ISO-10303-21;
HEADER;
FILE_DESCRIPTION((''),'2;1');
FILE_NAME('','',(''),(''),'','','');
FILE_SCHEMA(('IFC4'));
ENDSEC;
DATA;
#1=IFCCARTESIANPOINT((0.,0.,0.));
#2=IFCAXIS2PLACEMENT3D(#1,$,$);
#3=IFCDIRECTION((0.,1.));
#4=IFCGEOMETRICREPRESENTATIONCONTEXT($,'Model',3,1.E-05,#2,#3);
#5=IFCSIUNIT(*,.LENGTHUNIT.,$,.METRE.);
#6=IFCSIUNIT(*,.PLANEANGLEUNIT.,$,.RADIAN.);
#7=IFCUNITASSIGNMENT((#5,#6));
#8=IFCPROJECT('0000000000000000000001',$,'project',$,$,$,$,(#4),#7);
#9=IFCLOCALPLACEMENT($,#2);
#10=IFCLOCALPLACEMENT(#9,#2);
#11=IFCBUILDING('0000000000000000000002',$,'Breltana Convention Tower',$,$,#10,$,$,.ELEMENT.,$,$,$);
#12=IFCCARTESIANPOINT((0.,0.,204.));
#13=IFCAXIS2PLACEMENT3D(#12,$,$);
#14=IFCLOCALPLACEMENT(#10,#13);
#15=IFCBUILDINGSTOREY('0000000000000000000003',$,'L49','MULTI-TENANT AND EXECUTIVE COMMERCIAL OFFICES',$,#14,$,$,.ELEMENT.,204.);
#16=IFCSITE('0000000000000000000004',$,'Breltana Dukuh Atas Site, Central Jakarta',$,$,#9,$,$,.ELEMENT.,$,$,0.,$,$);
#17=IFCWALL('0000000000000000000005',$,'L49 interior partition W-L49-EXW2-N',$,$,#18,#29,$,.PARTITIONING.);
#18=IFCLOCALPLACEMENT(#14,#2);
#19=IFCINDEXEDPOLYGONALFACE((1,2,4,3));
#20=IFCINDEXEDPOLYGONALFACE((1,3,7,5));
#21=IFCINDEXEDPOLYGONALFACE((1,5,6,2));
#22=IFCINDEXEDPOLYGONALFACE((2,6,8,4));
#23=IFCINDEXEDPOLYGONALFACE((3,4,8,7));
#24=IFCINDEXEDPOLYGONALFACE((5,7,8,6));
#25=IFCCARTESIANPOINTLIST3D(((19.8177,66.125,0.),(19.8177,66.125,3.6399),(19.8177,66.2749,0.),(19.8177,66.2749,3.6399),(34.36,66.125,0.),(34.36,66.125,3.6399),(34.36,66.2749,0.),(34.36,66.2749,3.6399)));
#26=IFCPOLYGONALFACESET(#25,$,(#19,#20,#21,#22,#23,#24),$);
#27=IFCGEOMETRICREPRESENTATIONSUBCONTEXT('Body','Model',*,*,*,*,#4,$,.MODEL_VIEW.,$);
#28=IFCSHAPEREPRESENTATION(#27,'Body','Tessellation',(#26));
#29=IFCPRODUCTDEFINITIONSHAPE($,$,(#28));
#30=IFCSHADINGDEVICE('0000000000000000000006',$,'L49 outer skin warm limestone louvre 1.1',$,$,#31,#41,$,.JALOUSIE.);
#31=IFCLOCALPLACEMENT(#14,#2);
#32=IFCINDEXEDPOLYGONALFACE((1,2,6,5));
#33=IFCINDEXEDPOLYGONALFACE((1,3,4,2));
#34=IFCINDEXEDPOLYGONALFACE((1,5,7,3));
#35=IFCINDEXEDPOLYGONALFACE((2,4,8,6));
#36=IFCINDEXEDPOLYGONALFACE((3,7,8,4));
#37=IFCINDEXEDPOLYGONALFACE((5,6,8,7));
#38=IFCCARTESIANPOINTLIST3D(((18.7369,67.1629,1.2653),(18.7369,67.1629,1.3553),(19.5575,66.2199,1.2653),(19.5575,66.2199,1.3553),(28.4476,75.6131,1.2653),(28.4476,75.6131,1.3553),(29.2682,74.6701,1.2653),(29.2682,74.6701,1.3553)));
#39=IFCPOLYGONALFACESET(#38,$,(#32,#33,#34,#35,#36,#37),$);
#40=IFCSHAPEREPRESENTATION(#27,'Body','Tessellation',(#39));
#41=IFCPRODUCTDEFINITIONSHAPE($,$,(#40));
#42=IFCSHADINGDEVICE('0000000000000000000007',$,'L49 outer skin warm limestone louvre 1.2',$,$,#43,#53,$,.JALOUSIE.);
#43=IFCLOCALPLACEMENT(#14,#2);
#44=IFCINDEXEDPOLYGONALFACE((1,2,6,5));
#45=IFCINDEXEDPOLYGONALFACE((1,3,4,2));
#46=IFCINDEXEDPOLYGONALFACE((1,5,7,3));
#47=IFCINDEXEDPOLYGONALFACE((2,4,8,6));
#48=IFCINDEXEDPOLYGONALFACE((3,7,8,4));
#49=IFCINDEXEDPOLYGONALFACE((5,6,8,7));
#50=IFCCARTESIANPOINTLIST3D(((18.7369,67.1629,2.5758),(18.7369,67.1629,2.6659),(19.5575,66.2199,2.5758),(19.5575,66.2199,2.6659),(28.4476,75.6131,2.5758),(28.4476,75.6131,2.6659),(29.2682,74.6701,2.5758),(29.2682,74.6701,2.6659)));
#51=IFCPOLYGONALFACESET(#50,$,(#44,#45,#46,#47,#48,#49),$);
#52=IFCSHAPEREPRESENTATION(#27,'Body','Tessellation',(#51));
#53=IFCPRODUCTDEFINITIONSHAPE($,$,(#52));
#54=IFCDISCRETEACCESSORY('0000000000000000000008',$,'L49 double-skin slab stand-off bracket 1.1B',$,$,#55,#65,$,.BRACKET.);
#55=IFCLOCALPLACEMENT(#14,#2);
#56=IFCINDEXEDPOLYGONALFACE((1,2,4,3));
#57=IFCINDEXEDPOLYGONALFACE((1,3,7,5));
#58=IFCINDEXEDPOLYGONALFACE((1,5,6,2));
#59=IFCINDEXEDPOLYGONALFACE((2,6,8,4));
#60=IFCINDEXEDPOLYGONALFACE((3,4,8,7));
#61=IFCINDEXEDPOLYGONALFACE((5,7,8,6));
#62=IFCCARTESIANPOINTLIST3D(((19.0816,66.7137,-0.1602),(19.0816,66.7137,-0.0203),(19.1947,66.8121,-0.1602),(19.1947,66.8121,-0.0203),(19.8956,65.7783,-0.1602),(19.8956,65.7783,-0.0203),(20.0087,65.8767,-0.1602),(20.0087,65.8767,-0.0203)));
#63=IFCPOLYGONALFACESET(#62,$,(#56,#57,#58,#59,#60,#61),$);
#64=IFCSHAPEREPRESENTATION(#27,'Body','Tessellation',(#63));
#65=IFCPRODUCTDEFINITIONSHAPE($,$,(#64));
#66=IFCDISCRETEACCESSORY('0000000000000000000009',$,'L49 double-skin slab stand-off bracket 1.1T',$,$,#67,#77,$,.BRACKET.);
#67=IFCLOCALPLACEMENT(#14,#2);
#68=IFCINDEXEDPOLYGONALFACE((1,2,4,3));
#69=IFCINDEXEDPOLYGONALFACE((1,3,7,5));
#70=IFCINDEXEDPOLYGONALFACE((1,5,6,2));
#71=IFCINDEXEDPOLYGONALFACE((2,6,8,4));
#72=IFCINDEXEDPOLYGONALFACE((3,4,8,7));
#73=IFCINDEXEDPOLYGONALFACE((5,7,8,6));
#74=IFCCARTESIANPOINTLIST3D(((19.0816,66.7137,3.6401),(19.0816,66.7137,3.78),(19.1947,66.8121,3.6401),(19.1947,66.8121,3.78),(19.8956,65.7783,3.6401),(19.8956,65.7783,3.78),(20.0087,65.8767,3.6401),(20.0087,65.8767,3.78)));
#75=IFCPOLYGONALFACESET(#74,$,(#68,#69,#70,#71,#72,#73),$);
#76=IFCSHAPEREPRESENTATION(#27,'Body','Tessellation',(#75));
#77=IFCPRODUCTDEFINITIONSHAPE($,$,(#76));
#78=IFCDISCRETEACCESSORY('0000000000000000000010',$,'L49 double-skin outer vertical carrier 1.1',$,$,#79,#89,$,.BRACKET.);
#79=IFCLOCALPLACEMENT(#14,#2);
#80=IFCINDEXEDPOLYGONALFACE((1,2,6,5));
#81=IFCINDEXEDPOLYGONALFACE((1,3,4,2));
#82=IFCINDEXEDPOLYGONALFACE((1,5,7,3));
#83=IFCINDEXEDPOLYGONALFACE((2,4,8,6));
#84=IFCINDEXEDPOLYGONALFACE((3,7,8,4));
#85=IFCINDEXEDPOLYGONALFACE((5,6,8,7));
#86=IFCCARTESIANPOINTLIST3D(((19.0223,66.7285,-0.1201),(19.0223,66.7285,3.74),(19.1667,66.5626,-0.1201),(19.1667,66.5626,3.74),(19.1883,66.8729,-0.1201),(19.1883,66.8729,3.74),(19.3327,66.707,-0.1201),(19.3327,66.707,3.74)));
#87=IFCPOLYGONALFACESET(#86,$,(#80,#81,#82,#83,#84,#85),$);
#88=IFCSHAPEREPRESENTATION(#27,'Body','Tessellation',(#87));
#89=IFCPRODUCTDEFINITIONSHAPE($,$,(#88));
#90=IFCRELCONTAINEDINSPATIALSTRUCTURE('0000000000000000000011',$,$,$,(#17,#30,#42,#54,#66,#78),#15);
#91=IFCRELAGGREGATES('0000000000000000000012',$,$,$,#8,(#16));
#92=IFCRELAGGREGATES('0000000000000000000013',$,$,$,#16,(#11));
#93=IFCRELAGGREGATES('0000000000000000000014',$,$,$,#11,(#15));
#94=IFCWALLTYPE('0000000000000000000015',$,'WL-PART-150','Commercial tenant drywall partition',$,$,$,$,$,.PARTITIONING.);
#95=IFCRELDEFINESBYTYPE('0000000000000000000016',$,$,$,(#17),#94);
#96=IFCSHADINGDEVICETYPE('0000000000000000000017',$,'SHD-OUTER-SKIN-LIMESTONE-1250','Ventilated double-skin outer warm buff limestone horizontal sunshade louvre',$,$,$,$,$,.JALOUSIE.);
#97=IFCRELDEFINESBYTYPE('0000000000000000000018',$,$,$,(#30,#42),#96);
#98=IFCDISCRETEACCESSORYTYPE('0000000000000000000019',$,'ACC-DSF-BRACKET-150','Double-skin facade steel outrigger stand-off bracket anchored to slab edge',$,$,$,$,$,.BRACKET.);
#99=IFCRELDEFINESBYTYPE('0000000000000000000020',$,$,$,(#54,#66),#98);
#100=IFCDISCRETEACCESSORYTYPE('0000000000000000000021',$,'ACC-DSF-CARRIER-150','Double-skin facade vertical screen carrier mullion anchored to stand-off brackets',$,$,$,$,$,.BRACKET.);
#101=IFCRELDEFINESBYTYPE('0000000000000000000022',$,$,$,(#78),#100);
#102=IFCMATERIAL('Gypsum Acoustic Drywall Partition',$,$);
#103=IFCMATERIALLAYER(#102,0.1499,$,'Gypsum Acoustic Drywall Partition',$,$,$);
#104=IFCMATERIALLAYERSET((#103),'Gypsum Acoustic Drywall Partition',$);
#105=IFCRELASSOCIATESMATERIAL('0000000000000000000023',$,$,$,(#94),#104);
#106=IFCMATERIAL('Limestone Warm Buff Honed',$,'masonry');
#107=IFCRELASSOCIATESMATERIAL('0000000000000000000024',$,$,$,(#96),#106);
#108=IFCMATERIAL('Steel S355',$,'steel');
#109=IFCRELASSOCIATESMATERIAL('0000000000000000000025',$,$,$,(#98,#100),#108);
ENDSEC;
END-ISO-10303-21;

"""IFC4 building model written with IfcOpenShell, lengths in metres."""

from ifc_helpers import new_model, si_unit, direction, frame, frame_2d, origin, origin_2d, place, context, subcontext, project, spatial, rectangle, extrude, source, transform, mapped, material, layer, layer_set, material_profile, profile_set, type_object, type_shapes, element, save


model = new_model("IFC4")

# Units and contexts
model_context = context("Model", 3, precision=1e-05, world=origin(), true_north=direction((0.0, 1.0)))
body_context = subcontext(model_context, "Body", "Model", "MODEL_VIEW")
ifc_project = project(units=[si_unit("LENGTHUNIT", "METRE"), si_unit("PLANEANGLEUNIT", "RADIAN")], contexts=[model_context])

# Site, building, storey
site_placement = place(None, origin())
site = spatial("IfcSite", under=ifc_project, at=site_placement, Name="Breltana Dukuh Atas Site, Central Jakarta", CompositionType="ELEMENT", RefElevation=0.0)
building_placement = place(site_placement, origin())
building = spatial("IfcBuilding", under=site, at=building_placement, Name="Breltana Convention Tower", CompositionType="ELEMENT")
storey_placement = place(building_placement, frame((0.0, 0.0, 204.0)))
storey = spatial("IfcBuildingStorey", under=building, at=storey_placement, Name="L49", Description="MULTI-TENANT AND EXECUTIVE COMMERCIAL OFFICES", CompositionType="ELEMENT", Elevation=204.0)

# Wall
ifc_material_1 = material(Name="Gypsum Acoustic Drywall Partition")
ifc_layer_1 = layer(ifc_material_1, 0.1499, Name="Gypsum Acoustic Drywall Partition")
ifc_layer_set_1 = layer_set([ifc_layer_1], Name="Gypsum Acoustic Drywall Partition")
wall_type_1 = type_object("IfcWallType", Name="WL-PART-150", Description="Commercial tenant drywall partition", PredefinedType="PARTITIONING", material=ifc_layer_set_1)
shared_shape_1 = source(origin(), body_context, "Body", "SweptSolid", [
    extrude(rectangle(XDim=14.5422, YDim=0.1499, at=frame_2d((7.271, 0.0))), origin(), (0.0, 0.0, 1.0), 3.6399),
])
wall_1_placement = place(storey_placement, frame((19.8179, 66.2, 0.0), z_axis=(0.0, 0.0, 1.0), x_axis=(1.0, 0.0, 0.0)))
element("IfcWall", 1, at=wall_1_placement, inside=storey, type_object=wall_type_1, Name="L49 interior partition W-L49-EXW2-N", PredefinedType="PARTITIONING", context=body_context, shape_type="MappedRepresentation", body=[
    mapped(shared_shape_1, transform((0.0, 0.0, 0.0), scale=1.0)),
])

# Shading devices
ifc_material_2 = material(Name="Limestone Warm Buff Honed", Category="masonry")
ifc_material_profile_1 = material_profile(ifc_material_2, rectangle(XDim=1.25, YDim=0.0901, at=origin_2d()), Name="STN-LVR-1250X90")
ifc_profile_set_1 = profile_set([ifc_material_profile_1], Name="Limestone Warm Buff Honed")
shading_device_type = type_object("IfcShadingDeviceType", Name="SHD-OUTER-SKIN-LIMESTONE-1250", Description="Ventilated double-skin outer warm buff limestone horizontal sunshade louvre", PredefinedType="JALOUSIE", material=ifc_profile_set_1)
shared_shape_2 = source(origin(), body_context, "Body", "SweptSolid", [
    extrude(rectangle(XDim=1.25, YDim=0.0901, at=origin_2d()), origin(), (0.0, 0.0, 1.0), 12.8726),
])
for number, where, z_axis, x_axis, name in (
    (2, (19.1472, 66.6914, 1.3103), (0.75437, 0.656449, 0.0), (-0.656449, 0.75437, 0.0), "L49 outer skin warm limestone louvre 1.1"),
    (3, (19.1472, 66.6914, 2.6208), (0.75437, 0.656449, 0.0), (-0.656449, 0.75437, 0.0), "L49 outer skin warm limestone louvre 1.2"),
):
    element("IfcShadingDevice", number, at=place(storey_placement, frame(where, z_axis=z_axis, x_axis=x_axis)), inside=storey, type_object=shading_device_type, Name=name, PredefinedType="JALOUSIE", context=body_context, shape_type="MappedRepresentation", body=[
        mapped(shared_shape_2, transform((0.0, 0.0, 0.0), scale=1.0)),
    ])

# Discrete accessories
ifc_material_3 = material(Name="Steel S355", Category="steel")
discrete_accessory_type_1 = type_object("IfcDiscreteAccessoryType", Name="ACC-DSF-BRACKET-150", Description="Double-skin facade steel outrigger stand-off bracket anchored to slab edge", PredefinedType="BRACKET", material=ifc_material_3)
shared_shape_3 = source(origin(), body_context, "Body", "SweptSolid", [
    extrude(rectangle(XDim=1.24, YDim=0.1499, at=origin_2d()), origin(), (0.0, 0.0, 1.0), 0.1399),
])
type_shapes(discrete_accessory_type_1, [shared_shape_3])
for number, where, z_axis, x_axis, name in (
    (4, (19.5452, 66.2952, -0.1602), (0.0, 0.0, 1.0), (-0.656452, 0.754368, 0.0), "L49 double-skin slab stand-off bracket 1.1B"),
    (5, (19.5452, 66.2952, 3.6401), (0.0, 0.0, 1.0), (-0.656452, 0.754368, 0.0), "L49 double-skin slab stand-off bracket 1.1T"),
):
    element("IfcDiscreteAccessory", number, at=place(storey_placement, frame(where, z_axis=z_axis, x_axis=x_axis)), inside=storey, type_object=discrete_accessory_type_1, Name=name, PredefinedType="BRACKET", context=body_context, shape_type="MappedRepresentation", body=[
        mapped(shared_shape_3, transform((0.0, 0.0, 0.0), scale=1.0)),
    ])
discrete_accessory_type_2 = type_object("IfcDiscreteAccessoryType", Name="ACC-DSF-CARRIER-150", Description="Double-skin facade vertical screen carrier mullion anchored to stand-off brackets", PredefinedType="BRACKET", material=ifc_material_3)
shared_shape_4 = source(origin(), body_context, "Body", "SweptSolid", [
    extrude(rectangle(XDim=0.22, YDim=0.22, at=origin_2d()), origin(), (0.0, 0.0, 1.0), 3.8601),
])
discrete_accessory_placement = place(storey_placement, frame((19.1775, 66.7178, -0.1201), z_axis=(0.0, 0.0, 1.0), x_axis=(-0.656452, 0.754368, 0.0)))
element("IfcDiscreteAccessory", 6, at=discrete_accessory_placement, inside=storey, type_object=discrete_accessory_type_2, Name="L49 double-skin outer vertical carrier 1.1", PredefinedType="BRACKET", context=body_context, shape_type="MappedRepresentation", body=[
    mapped(shared_shape_4, transform((0.0, 0.0, 0.0), scale=1.0)),
])

save(model, "model.ifc")
